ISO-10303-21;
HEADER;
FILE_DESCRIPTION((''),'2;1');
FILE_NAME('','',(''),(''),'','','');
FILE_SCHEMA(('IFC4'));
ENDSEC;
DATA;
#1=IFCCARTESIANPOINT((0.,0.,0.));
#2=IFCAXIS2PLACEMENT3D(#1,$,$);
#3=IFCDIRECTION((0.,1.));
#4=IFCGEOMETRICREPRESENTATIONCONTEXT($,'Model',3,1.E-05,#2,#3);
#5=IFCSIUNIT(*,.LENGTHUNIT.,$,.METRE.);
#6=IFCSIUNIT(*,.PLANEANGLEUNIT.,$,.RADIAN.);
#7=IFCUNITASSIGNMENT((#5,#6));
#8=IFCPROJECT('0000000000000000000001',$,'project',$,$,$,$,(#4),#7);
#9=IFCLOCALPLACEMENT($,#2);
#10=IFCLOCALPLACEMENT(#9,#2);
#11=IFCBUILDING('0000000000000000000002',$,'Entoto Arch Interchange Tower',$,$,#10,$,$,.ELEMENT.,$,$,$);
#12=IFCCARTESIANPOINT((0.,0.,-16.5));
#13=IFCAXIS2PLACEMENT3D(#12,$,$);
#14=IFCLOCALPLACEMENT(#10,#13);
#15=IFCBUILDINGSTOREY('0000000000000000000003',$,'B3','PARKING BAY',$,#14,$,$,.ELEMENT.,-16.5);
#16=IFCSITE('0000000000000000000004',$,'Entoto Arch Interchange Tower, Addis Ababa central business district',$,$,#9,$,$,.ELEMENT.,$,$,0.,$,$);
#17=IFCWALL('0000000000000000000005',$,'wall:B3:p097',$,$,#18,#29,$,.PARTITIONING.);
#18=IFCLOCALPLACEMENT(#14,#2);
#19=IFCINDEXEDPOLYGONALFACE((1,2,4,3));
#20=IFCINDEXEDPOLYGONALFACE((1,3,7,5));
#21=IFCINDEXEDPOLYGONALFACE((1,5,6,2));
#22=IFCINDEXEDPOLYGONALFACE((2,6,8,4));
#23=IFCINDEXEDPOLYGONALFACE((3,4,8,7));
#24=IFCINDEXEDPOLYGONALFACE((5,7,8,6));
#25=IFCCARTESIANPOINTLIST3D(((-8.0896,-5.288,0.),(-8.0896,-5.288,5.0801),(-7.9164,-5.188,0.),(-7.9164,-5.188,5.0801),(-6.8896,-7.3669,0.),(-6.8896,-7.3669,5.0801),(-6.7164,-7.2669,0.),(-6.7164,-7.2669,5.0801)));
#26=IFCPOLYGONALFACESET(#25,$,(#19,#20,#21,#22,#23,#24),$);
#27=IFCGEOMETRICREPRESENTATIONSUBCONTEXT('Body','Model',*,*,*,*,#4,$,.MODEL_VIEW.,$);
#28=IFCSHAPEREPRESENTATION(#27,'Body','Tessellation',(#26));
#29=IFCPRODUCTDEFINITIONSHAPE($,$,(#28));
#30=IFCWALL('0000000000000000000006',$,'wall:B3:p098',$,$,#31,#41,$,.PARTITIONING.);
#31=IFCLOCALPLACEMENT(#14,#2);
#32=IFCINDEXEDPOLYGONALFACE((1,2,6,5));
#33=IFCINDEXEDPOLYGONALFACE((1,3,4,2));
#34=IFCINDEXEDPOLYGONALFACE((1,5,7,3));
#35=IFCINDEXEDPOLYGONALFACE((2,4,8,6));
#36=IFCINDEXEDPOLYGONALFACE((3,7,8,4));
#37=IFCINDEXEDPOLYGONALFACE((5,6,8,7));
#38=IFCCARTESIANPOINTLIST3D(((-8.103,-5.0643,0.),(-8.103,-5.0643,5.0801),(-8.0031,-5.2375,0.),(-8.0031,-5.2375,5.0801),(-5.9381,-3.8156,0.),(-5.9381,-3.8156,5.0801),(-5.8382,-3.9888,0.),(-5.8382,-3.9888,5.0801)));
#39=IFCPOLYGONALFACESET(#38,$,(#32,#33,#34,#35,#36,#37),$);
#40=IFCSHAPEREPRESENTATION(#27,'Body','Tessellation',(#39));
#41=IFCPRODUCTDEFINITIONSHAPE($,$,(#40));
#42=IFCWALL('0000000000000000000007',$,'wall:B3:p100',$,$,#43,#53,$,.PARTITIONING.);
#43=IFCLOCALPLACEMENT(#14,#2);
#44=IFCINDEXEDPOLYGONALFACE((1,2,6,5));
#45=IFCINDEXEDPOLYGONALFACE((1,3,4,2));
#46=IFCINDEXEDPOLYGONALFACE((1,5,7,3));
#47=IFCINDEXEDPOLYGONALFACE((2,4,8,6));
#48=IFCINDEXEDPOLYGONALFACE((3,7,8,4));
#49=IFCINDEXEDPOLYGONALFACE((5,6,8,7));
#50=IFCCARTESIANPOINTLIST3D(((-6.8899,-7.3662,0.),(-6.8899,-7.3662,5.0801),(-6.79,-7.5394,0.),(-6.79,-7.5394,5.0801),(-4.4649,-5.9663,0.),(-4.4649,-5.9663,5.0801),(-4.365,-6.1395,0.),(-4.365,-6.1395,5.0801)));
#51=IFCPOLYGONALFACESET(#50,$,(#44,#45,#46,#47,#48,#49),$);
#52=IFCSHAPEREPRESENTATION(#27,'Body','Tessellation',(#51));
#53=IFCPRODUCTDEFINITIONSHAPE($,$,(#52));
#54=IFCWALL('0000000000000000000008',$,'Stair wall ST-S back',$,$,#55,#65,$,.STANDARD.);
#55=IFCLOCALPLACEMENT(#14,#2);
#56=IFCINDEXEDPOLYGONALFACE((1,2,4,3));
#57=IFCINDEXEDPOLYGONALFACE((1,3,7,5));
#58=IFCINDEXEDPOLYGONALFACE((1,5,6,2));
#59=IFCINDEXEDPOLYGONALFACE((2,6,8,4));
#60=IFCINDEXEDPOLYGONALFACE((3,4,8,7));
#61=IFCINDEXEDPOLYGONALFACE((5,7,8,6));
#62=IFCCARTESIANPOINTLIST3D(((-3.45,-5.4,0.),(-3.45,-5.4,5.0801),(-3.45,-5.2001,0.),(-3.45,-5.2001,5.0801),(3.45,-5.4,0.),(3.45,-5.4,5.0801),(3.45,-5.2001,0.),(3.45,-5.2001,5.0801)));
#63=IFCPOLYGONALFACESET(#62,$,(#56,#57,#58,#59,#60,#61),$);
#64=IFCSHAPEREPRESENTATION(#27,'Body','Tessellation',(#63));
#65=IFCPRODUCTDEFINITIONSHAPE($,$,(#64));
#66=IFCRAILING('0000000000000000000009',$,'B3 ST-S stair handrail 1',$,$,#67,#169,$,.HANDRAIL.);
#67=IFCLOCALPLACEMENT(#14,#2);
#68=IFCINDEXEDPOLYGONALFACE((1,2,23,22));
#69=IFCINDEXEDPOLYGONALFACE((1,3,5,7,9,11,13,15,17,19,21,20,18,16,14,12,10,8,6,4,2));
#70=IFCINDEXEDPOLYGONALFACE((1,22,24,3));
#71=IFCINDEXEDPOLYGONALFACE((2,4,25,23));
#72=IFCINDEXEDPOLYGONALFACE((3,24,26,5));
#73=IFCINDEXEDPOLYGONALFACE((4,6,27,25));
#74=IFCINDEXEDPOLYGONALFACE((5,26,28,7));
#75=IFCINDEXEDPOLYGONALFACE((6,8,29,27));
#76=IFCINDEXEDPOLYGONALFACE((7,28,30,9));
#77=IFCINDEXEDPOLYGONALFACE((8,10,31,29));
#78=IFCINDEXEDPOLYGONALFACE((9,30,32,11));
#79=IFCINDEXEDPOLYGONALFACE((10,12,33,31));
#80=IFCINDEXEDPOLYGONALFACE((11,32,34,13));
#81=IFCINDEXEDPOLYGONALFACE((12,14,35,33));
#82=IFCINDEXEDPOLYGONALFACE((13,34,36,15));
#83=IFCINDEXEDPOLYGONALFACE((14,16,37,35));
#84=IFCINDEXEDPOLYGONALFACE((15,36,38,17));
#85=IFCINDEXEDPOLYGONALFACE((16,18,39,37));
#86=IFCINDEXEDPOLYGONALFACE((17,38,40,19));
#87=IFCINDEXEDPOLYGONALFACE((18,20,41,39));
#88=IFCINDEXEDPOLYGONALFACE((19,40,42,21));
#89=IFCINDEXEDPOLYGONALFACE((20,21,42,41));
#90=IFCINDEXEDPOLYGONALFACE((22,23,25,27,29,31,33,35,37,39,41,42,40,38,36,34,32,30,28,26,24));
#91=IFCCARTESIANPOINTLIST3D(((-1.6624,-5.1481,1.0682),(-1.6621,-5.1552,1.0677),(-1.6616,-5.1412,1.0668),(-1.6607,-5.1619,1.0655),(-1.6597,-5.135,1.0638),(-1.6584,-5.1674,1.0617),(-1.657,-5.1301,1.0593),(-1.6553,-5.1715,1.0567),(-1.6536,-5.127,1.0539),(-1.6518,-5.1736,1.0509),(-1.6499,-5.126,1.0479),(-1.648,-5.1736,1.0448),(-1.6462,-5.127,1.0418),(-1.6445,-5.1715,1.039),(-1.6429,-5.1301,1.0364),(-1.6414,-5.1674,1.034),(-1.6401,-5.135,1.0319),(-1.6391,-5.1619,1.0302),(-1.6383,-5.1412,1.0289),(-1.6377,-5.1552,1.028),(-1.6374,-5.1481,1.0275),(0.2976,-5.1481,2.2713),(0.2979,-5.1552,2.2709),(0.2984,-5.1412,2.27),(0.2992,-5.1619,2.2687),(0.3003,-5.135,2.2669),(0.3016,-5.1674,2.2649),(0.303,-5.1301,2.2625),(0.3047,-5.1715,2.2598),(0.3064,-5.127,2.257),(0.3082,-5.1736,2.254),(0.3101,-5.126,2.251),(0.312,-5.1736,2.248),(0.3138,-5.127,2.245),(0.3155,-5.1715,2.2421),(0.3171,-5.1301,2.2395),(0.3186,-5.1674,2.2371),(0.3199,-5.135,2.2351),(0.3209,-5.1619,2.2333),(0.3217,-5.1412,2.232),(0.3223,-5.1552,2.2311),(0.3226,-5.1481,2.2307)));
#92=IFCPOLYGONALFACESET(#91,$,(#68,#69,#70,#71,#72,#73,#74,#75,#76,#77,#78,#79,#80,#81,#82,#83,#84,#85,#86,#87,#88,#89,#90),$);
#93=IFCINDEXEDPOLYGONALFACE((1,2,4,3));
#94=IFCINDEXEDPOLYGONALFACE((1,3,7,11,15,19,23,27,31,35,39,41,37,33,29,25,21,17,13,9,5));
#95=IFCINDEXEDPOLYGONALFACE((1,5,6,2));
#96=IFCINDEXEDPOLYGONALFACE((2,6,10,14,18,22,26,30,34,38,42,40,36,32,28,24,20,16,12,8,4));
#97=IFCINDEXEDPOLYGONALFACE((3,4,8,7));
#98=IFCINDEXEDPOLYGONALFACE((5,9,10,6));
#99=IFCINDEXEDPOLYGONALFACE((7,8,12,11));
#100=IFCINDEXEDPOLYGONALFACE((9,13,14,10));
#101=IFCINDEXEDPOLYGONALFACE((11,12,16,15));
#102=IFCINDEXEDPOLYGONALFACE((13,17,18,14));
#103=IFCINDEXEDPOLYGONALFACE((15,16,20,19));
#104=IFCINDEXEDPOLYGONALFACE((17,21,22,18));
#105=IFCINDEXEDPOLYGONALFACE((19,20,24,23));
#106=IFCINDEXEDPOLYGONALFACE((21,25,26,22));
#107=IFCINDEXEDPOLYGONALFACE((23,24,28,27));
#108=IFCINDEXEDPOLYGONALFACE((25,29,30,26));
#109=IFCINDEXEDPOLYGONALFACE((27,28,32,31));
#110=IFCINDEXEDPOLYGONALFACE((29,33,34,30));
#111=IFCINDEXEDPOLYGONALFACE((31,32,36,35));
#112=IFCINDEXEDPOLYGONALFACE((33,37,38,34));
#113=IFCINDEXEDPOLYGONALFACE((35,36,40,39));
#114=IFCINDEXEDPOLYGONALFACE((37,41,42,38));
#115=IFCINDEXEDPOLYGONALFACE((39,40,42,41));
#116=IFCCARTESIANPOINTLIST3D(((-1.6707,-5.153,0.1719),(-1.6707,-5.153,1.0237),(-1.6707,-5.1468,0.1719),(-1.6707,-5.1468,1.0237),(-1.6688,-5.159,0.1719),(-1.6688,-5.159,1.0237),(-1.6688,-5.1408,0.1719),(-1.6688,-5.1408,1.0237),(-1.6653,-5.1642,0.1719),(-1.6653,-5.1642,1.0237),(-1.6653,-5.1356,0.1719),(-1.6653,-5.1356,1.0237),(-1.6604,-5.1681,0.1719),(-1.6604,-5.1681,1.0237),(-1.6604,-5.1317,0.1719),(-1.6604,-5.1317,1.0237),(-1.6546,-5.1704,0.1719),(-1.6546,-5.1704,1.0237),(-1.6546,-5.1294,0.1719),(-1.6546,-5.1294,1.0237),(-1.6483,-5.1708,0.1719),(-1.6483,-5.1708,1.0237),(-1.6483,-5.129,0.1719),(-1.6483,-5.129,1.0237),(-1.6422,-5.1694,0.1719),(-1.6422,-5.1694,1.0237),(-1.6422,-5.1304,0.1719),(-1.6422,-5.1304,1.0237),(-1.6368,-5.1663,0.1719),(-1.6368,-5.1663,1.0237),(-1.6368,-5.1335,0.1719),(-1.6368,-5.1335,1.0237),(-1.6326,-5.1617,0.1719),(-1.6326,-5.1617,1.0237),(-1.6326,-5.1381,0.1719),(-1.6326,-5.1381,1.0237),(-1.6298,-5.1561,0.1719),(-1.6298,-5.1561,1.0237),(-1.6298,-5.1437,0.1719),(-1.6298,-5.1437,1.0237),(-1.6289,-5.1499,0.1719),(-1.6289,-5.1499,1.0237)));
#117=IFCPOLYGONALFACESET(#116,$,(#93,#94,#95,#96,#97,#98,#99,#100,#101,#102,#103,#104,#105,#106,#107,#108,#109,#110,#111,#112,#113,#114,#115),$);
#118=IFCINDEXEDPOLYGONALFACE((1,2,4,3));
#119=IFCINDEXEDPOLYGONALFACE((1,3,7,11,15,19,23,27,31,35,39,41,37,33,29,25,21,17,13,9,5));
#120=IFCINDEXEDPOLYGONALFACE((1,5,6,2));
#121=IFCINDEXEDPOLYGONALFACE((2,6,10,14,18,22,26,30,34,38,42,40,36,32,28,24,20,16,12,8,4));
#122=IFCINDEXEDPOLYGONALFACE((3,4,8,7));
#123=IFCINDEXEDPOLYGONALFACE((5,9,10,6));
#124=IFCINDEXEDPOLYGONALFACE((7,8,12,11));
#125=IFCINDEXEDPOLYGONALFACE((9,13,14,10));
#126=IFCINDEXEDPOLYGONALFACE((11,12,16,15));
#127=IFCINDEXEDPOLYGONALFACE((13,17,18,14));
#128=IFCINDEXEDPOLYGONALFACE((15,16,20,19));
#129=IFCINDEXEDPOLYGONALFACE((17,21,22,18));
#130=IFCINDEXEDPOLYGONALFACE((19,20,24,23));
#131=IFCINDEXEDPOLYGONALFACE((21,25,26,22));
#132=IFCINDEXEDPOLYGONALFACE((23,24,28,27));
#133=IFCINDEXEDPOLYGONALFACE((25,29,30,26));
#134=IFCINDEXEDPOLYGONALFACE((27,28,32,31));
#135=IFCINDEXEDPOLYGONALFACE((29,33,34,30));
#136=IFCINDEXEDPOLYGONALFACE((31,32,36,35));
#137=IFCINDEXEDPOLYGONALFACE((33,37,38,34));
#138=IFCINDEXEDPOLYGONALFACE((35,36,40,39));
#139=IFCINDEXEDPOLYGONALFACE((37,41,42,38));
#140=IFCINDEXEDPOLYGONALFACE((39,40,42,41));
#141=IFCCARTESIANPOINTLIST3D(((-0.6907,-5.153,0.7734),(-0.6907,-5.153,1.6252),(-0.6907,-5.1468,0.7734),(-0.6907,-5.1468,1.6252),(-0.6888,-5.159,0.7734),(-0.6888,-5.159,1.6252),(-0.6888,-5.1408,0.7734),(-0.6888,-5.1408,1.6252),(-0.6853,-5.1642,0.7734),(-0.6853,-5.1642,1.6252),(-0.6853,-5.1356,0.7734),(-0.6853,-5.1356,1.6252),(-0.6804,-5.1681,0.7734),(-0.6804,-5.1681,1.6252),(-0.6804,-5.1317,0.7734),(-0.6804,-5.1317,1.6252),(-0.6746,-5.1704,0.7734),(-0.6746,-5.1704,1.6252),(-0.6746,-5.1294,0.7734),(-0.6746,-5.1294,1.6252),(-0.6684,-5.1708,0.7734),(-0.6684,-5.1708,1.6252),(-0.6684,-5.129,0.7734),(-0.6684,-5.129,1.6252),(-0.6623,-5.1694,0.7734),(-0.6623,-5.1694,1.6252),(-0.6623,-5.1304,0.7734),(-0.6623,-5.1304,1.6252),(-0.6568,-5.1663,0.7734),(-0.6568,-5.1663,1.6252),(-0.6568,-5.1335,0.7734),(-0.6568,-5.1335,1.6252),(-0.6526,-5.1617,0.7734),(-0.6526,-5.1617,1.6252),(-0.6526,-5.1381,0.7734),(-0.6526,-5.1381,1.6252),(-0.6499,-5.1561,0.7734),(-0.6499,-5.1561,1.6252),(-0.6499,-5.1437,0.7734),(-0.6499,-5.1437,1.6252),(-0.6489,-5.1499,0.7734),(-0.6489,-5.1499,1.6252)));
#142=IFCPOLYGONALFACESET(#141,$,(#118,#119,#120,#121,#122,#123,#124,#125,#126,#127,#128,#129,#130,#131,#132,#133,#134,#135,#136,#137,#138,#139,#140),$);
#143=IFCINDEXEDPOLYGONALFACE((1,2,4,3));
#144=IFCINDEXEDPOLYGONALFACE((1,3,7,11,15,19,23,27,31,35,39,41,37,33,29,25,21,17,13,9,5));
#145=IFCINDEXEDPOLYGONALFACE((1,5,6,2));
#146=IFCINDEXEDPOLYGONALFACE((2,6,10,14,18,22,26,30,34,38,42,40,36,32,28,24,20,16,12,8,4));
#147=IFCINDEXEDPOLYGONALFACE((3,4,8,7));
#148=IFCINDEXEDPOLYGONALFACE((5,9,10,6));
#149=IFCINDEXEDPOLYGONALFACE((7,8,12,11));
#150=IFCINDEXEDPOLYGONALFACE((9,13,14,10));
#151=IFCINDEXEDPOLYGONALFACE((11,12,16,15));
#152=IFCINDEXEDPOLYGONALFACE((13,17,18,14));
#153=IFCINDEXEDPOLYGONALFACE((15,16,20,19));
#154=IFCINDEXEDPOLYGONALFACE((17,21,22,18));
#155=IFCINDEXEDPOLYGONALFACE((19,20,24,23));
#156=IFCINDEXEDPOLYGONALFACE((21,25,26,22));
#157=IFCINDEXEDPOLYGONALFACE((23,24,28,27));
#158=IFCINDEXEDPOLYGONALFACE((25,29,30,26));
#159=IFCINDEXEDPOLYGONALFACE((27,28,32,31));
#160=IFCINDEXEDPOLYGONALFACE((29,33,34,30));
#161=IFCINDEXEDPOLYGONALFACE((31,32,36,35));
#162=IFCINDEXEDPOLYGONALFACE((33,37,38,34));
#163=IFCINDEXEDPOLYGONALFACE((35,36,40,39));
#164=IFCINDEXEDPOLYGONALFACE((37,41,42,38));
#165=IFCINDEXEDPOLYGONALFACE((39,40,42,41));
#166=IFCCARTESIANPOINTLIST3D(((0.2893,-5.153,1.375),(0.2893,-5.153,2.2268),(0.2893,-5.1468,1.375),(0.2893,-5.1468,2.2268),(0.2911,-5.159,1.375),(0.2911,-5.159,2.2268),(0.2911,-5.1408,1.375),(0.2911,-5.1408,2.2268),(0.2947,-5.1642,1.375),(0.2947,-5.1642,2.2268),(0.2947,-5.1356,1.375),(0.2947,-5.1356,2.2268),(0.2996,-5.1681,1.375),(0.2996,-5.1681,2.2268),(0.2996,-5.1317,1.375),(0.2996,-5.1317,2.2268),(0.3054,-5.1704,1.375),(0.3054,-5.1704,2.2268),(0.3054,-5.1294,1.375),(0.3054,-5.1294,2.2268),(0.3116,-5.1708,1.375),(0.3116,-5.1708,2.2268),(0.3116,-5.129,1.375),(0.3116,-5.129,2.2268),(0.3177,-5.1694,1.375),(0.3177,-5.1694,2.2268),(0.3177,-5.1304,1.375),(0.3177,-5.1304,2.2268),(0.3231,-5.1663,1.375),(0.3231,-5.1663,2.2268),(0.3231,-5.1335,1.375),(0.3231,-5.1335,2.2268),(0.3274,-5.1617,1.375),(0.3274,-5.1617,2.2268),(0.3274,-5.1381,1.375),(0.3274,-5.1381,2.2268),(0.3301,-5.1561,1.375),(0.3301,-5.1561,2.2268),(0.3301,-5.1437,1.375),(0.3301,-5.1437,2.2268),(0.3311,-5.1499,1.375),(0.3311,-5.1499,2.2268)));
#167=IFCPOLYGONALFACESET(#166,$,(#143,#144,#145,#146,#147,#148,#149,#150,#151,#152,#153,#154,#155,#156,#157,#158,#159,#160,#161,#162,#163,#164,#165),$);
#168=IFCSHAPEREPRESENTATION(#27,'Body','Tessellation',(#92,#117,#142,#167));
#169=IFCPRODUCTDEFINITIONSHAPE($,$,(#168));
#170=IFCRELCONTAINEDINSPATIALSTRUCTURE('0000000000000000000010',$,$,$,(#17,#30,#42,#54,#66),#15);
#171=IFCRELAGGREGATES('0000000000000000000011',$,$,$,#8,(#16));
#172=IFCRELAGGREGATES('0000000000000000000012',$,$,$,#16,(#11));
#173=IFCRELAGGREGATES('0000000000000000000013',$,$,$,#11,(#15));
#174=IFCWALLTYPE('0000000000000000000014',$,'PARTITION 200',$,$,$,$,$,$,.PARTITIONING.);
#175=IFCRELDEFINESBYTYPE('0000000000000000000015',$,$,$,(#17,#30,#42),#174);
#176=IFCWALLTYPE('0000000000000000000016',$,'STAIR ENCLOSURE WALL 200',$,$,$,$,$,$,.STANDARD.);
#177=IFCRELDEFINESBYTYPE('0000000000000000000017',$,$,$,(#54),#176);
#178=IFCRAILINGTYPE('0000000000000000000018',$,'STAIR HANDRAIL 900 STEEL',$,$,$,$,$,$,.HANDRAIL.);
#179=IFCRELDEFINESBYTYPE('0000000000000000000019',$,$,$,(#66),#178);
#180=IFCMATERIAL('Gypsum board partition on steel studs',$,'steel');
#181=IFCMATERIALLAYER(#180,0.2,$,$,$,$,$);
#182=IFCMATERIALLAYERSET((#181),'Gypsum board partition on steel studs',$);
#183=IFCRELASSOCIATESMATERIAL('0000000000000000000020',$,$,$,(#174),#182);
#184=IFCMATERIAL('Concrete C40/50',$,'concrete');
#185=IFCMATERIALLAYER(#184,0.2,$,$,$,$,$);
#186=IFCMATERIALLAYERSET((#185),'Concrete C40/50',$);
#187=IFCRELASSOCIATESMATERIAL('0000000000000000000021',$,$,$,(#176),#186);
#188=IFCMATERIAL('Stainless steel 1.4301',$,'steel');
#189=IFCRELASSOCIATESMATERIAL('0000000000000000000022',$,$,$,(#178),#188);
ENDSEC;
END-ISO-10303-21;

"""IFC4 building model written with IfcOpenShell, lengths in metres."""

from ifc_helpers import new_model, si_unit, direction, frame, frame_2d, origin, origin_2d, place, context, subcontext, project, spatial, rectangle, circle, extrude, material, layer, layer_set, type_object, element, save


model = new_model("IFC4")

# Units and contexts
model_context = context("Model", 3, precision=1e-05, world=origin(), true_north=direction((0.0, 1.0)))
body_context = subcontext(model_context, "Body", "Model", "MODEL_VIEW")
ifc_project = project(units=[si_unit("LENGTHUNIT", "METRE"), si_unit("PLANEANGLEUNIT", "RADIAN")], contexts=[model_context])

# Site, building, storey
site_placement = place(None, origin())
site = spatial("IfcSite", under=ifc_project, at=site_placement, Name="Entoto Arch Interchange Tower, Addis Ababa central business district", CompositionType="ELEMENT", RefElevation=0.0)
building_placement = place(site_placement, origin())
building = spatial("IfcBuilding", under=site, at=building_placement, Name="Entoto Arch Interchange Tower", CompositionType="ELEMENT")
storey_placement = place(building_placement, frame((0.0, 0.0, -16.5)))
storey = spatial("IfcBuildingStorey", under=building, at=storey_placement, Name="B3", Description="PARKING BAY", CompositionType="ELEMENT", Elevation=-16.5)

# Shared definitions
ifc_material_1 = material(Name="Concrete C40/50", Category="concrete")

# Shared definitions
ifc_material_2 = material(Name="Gypsum board partition on steel studs", Category="steel")
ifc_layer_1 = layer(ifc_material_2, 0.2)
ifc_layer_set_1 = layer_set([ifc_layer_1], Name="Gypsum board partition on steel studs")
wall_type_1 = type_object("IfcWallType", Name="PARTITION 200", PredefinedType="PARTITIONING", material=ifc_layer_set_1)

# Walls
wall_1_placement = place(storey_placement, frame((-6.803, -7.3169, 0.0), z_axis=(0.0, 0.0, 1.0), x_axis=(-0.499913, 0.866075, 0.0)))
element("IfcWall", 1, at=wall_1_placement, inside=storey, type_object=wall_type_1, Name="wall:B3:p097", PredefinedType="PARTITIONING", context=body_context, shape_type="SweptSolid", body=[
    extrude(rectangle(XDim=2.4004, YDim=0.2, at=frame_2d((1.2002, 0.0))), origin(), (0.0, 0.0, 1.0), 5.0801),
])
wall_2_placement = place(storey_placement, frame((-8.053, -5.1509, 0.0), z_axis=(0.0, 0.0, 1.0), x_axis=(0.866234, 0.499638, 0.0)))
element("IfcWall", 2, at=wall_2_placement, inside=storey, type_object=wall_type_1, Name="wall:B3:p098", PredefinedType="PARTITIONING", context=body_context, shape_type="SweptSolid", body=[
    extrude(rectangle(XDim=2.4993, YDim=0.2, at=frame_2d((1.2495, 0.0))), origin(), (0.0, 0.0, 1.0), 5.0801),
])
wall_3_placement = place(storey_placement, frame((-4.415, -6.053, 0.0), z_axis=(0.0, 0.0, 1.0), x_axis=(-0.866056, -0.499946, 0.0)))
element("IfcWall", 3, at=wall_3_placement, inside=storey, type_object=wall_type_1, Name="wall:B3:p100", PredefinedType="PARTITIONING", context=body_context, shape_type="SweptSolid", body=[
    extrude(rectangle(XDim=2.8, YDim=0.2, at=frame_2d((1.3999, 0.0))), origin(), (0.0, 0.0, 1.0), 5.0801),
])
ifc_layer_2 = layer(ifc_material_1, 0.2)
ifc_layer_set_2 = layer_set([ifc_layer_2], Name="Concrete C40/50")
wall_type_2 = type_object("IfcWallType", Name="STAIR ENCLOSURE WALL 200", PredefinedType="STANDARD", material=ifc_layer_set_2)
wall_4_placement = place(storey_placement, frame((-3.45, -5.3, 0.0), z_axis=(0.0, 0.0, 1.0), x_axis=(1.0, 0.0, 0.0)))
element("IfcWall", 4, at=wall_4_placement, inside=storey, type_object=wall_type_2, Name="Stair wall ST-S back", PredefinedType="STANDARD", context=body_context, shape_type="SweptSolid", body=[
    extrude(rectangle(XDim=6.8999, YDim=0.2, at=frame_2d((3.45, 0.0))), origin(), (0.0, 0.0, 1.0), 5.0801),
])

# Railing
ifc_material_3 = material(Name="Stainless steel 1.4301", Category="steel")
railing_type = type_object("IfcRailingType", Name="STAIR HANDRAIL 900 STEEL", PredefinedType="HANDRAIL", material=ifc_material_3)
for number, where, name in (
    (5, (-1.6499, -5.1499, 0.1719), "B3 ST-S stair handrail 1"),
):
    element("IfcRailing", number, at=place(storey_placement, frame(where)), inside=storey, type_object=railing_type, Name=name, PredefinedType="HANDRAIL", context=body_context, shape_type="SweptSolid", body=[
        extrude(circle(Radius=0.0239, at=origin_2d()), frame((0.0, 0.0, 0.876), z_axis=(0.852241, 0.0, 0.523149), x_axis=(0.0, 1.0, 0.0)), (0.0, 0.0, 1.0), 2.2998),
        extrude(circle(Radius=0.021, at=origin_2d()), origin(), (0.0, 0.0, 1.0), 0.8518),
        extrude(circle(Radius=0.021, at=origin_2d()), frame((0.98, 0.0, 0.6016)), (0.0, 0.0, 1.0), 0.8518),
        extrude(circle(Radius=0.021, at=origin_2d()), frame((1.96, 0.0, 1.2031)), (0.0, 0.0, 1.0), 0.8518),
    ])

save(model, "model.ifc")
